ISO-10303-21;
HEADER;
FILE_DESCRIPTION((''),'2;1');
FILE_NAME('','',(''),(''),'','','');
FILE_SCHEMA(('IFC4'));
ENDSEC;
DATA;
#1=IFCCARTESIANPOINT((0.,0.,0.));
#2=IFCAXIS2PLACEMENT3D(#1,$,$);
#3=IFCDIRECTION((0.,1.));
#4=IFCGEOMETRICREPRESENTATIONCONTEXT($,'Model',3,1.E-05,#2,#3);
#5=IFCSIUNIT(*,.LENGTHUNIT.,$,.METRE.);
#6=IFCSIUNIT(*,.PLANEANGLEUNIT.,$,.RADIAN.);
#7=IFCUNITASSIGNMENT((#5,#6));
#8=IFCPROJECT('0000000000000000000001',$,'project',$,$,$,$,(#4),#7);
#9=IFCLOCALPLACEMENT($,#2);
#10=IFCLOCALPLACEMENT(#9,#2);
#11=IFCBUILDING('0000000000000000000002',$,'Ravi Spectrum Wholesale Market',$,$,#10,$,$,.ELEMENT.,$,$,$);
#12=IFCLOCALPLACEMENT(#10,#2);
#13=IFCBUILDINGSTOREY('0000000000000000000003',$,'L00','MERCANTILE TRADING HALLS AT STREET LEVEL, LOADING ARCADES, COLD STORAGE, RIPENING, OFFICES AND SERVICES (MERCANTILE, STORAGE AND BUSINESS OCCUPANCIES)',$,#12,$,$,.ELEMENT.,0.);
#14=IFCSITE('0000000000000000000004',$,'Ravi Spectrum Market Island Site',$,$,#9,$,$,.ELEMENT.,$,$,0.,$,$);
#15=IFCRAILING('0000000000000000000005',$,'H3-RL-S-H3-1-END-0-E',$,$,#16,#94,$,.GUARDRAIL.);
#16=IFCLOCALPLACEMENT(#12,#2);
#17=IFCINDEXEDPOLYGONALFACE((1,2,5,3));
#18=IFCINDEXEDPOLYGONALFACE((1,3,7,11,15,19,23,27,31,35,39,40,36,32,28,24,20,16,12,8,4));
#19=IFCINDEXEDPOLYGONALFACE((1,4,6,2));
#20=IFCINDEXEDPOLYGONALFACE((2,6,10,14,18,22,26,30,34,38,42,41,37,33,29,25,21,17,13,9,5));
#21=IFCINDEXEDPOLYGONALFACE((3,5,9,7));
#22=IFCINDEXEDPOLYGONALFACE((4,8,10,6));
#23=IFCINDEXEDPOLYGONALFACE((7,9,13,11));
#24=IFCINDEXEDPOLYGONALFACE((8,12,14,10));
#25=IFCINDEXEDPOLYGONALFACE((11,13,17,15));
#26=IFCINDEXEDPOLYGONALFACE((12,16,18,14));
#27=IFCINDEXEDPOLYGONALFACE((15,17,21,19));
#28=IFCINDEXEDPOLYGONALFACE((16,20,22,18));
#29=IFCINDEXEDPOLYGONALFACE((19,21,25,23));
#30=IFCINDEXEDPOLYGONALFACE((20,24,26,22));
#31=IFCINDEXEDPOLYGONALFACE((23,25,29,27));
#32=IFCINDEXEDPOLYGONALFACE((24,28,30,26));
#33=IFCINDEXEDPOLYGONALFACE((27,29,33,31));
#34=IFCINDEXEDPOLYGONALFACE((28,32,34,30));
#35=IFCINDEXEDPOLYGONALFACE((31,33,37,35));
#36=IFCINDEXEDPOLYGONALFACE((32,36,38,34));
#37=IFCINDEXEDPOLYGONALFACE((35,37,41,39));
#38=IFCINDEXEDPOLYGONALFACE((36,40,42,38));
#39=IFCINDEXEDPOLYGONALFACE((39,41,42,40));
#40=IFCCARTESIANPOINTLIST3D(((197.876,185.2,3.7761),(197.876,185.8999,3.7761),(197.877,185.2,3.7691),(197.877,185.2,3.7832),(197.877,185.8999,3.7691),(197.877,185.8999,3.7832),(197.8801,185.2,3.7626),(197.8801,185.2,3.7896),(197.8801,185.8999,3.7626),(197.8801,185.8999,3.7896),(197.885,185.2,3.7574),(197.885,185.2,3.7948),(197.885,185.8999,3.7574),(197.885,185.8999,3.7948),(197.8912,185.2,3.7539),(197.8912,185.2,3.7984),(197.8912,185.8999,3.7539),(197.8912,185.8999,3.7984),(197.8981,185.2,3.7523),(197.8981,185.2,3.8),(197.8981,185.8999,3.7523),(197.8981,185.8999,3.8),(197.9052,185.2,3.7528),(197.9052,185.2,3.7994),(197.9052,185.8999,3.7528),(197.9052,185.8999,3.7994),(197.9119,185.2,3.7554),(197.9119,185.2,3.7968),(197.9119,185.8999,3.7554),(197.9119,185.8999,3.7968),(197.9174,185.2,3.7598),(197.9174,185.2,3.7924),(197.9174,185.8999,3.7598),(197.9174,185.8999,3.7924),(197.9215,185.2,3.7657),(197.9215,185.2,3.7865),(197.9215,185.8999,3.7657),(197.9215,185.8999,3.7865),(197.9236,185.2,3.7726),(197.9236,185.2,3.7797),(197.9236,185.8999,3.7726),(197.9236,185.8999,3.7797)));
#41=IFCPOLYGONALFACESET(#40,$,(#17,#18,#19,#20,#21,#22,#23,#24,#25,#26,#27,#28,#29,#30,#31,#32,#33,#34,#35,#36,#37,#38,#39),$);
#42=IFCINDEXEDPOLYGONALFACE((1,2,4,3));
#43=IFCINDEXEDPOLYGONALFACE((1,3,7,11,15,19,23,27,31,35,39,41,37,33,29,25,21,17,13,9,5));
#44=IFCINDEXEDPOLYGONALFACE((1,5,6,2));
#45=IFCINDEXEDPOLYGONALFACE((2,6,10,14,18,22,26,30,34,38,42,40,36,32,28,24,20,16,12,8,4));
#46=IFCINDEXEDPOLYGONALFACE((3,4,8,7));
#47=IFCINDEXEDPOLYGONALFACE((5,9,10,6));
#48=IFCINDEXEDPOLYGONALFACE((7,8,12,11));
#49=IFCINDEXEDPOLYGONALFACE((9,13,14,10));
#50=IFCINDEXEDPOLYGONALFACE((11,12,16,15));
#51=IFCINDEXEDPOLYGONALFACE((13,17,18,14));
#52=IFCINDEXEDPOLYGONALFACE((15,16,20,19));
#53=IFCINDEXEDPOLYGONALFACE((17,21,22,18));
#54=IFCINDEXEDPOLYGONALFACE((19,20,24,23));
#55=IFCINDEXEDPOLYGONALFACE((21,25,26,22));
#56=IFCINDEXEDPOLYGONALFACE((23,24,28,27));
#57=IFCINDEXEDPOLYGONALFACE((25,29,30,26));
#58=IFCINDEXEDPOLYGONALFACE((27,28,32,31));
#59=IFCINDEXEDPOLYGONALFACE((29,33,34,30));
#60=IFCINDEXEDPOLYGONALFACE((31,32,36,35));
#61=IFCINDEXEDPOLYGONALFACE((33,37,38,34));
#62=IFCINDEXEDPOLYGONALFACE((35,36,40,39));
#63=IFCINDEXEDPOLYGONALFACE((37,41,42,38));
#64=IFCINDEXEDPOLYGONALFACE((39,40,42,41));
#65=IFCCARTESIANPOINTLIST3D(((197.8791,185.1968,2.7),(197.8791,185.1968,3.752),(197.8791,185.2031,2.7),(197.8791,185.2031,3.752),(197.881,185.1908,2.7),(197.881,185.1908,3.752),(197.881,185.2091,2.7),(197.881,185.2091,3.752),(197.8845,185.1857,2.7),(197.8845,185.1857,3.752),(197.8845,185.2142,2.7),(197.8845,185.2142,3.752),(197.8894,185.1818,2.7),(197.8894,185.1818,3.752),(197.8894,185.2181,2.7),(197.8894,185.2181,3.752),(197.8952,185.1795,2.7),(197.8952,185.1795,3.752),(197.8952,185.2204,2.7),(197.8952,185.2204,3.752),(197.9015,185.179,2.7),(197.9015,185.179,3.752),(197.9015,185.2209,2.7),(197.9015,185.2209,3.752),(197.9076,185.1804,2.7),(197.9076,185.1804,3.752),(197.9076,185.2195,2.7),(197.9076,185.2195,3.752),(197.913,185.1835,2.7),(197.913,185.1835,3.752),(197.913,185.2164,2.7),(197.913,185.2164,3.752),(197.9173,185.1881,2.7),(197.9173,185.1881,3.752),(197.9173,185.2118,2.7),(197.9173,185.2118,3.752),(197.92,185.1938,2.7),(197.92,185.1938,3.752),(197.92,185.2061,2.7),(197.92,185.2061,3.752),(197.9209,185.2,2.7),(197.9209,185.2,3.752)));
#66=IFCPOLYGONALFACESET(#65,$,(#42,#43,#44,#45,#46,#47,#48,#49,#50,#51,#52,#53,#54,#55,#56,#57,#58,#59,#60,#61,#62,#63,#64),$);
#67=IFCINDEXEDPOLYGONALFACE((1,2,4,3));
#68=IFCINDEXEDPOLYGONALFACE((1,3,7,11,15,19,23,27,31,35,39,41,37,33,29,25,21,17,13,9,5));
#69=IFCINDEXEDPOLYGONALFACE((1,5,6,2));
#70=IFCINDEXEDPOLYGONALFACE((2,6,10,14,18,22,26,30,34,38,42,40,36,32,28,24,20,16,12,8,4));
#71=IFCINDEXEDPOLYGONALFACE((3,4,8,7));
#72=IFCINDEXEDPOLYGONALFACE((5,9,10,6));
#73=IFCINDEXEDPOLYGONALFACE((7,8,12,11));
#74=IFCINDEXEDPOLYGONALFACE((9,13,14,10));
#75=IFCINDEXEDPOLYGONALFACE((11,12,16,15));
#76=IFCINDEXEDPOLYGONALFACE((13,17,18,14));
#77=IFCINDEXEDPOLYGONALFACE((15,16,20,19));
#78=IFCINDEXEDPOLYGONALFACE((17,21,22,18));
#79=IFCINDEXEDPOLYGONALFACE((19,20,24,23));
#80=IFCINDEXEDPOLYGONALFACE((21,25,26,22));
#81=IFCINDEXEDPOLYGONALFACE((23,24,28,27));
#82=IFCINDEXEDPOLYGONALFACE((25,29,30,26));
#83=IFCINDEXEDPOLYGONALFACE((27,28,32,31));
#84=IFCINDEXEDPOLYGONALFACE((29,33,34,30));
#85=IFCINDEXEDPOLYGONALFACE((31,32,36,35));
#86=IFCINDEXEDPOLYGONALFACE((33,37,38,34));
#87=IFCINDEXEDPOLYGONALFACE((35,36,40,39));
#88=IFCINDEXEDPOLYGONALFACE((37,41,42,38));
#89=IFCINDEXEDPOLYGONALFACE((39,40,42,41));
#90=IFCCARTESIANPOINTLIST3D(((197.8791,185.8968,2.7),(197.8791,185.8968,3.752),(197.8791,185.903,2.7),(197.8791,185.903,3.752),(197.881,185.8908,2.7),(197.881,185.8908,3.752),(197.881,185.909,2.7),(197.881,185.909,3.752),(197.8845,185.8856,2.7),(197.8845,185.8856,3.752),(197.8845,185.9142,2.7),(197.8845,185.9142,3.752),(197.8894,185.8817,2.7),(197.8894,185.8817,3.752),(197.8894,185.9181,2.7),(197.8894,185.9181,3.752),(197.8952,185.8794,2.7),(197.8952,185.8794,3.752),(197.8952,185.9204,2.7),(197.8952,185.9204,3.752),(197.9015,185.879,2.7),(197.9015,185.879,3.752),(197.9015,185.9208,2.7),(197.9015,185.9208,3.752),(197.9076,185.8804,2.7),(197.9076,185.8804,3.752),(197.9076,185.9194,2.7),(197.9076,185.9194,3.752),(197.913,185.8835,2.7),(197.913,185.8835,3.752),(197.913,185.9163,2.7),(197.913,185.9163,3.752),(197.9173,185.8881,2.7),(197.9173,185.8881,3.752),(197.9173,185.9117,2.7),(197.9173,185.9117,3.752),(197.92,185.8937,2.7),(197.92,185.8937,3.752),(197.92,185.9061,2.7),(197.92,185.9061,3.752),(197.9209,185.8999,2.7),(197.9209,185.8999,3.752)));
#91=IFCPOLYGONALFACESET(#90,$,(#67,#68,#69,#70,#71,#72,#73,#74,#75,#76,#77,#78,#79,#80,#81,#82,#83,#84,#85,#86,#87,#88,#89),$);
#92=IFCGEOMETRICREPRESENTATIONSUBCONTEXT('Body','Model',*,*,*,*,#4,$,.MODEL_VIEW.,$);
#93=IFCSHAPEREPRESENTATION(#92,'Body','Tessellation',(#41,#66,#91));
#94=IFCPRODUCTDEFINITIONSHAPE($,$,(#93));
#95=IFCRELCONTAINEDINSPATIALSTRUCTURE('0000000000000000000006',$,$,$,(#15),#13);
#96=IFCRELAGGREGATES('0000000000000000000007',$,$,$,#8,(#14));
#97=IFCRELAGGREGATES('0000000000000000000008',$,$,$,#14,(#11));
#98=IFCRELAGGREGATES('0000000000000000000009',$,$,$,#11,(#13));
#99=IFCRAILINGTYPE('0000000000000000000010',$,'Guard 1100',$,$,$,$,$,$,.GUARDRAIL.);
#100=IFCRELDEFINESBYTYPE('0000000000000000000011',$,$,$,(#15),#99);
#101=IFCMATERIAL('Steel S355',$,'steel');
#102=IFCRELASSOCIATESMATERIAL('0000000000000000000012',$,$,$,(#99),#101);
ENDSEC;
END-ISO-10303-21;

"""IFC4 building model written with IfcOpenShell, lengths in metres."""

from ifc_helpers import new_model, si_unit, direction, frame, origin, origin_2d, place, context, subcontext, project, spatial, circle, extrude, material, type_object, element, save


model = new_model("IFC4")

# Units and contexts
model_context = context("Model", 3, precision=1e-05, world=origin(), true_north=direction((0.0, 1.0)))
body_context = subcontext(model_context, "Body", "Model", "MODEL_VIEW")
ifc_project = project(units=[si_unit("LENGTHUNIT", "METRE"), si_unit("PLANEANGLEUNIT", "RADIAN")], contexts=[model_context])

# Site, building, storey
site_placement = place(None, origin())
site = spatial("IfcSite", under=ifc_project, at=site_placement, Name="Ravi Spectrum Market Island Site", CompositionType="ELEMENT", RefElevation=0.0)
building_placement = place(site_placement, origin())
building = spatial("IfcBuilding", under=site, at=building_placement, Name="Ravi Spectrum Wholesale Market", CompositionType="ELEMENT")
storey_placement = place(building_placement, origin())
storey = spatial("IfcBuildingStorey", under=building, at=storey_placement, Name="L00", Description="MERCANTILE TRADING HALLS AT STREET LEVEL, LOADING ARCADES, COLD STORAGE, RIPENING, OFFICES AND SERVICES (MERCANTILE, STORAGE AND BUSINESS OCCUPANCIES)", CompositionType="ELEMENT", Elevation=0.0)

# Railing
ifc_material_1 = material(Name="Steel S355", Category="steel")
railing_type_1 = type_object("IfcRailingType", Name="Guard 1100", PredefinedType="GUARDRAIL", material=ifc_material_1)
railing_1_placement = place(storey_placement, frame((197.8999, 185.2, 2.7)))
element("IfcRailing", 1, at=railing_1_placement, inside=storey, type_object=railing_type_1, Name="H3-RL-S-H3-1-END-0-E", PredefinedType="GUARDRAIL", context=body_context, shape_type="SweptSolid", body=[
    extrude(circle(Radius=0.0239, at=origin_2d()), frame((0.0, 0.0, 1.0762), z_axis=(0.0, 1.0, 0.0), x_axis=(-1.0, 0.0, 0.0)), (0.0, 0.0, 1.0), 0.7),
    extrude(circle(Radius=0.021, at=origin_2d()), origin(), (0.0, 0.0, 1.0), 1.052),
    extrude(circle(Radius=0.021, at=origin_2d()), frame((0.0, 0.7, 0.0)), (0.0, 0.0, 1.0), 1.052),
])

save(model, "model.ifc")
